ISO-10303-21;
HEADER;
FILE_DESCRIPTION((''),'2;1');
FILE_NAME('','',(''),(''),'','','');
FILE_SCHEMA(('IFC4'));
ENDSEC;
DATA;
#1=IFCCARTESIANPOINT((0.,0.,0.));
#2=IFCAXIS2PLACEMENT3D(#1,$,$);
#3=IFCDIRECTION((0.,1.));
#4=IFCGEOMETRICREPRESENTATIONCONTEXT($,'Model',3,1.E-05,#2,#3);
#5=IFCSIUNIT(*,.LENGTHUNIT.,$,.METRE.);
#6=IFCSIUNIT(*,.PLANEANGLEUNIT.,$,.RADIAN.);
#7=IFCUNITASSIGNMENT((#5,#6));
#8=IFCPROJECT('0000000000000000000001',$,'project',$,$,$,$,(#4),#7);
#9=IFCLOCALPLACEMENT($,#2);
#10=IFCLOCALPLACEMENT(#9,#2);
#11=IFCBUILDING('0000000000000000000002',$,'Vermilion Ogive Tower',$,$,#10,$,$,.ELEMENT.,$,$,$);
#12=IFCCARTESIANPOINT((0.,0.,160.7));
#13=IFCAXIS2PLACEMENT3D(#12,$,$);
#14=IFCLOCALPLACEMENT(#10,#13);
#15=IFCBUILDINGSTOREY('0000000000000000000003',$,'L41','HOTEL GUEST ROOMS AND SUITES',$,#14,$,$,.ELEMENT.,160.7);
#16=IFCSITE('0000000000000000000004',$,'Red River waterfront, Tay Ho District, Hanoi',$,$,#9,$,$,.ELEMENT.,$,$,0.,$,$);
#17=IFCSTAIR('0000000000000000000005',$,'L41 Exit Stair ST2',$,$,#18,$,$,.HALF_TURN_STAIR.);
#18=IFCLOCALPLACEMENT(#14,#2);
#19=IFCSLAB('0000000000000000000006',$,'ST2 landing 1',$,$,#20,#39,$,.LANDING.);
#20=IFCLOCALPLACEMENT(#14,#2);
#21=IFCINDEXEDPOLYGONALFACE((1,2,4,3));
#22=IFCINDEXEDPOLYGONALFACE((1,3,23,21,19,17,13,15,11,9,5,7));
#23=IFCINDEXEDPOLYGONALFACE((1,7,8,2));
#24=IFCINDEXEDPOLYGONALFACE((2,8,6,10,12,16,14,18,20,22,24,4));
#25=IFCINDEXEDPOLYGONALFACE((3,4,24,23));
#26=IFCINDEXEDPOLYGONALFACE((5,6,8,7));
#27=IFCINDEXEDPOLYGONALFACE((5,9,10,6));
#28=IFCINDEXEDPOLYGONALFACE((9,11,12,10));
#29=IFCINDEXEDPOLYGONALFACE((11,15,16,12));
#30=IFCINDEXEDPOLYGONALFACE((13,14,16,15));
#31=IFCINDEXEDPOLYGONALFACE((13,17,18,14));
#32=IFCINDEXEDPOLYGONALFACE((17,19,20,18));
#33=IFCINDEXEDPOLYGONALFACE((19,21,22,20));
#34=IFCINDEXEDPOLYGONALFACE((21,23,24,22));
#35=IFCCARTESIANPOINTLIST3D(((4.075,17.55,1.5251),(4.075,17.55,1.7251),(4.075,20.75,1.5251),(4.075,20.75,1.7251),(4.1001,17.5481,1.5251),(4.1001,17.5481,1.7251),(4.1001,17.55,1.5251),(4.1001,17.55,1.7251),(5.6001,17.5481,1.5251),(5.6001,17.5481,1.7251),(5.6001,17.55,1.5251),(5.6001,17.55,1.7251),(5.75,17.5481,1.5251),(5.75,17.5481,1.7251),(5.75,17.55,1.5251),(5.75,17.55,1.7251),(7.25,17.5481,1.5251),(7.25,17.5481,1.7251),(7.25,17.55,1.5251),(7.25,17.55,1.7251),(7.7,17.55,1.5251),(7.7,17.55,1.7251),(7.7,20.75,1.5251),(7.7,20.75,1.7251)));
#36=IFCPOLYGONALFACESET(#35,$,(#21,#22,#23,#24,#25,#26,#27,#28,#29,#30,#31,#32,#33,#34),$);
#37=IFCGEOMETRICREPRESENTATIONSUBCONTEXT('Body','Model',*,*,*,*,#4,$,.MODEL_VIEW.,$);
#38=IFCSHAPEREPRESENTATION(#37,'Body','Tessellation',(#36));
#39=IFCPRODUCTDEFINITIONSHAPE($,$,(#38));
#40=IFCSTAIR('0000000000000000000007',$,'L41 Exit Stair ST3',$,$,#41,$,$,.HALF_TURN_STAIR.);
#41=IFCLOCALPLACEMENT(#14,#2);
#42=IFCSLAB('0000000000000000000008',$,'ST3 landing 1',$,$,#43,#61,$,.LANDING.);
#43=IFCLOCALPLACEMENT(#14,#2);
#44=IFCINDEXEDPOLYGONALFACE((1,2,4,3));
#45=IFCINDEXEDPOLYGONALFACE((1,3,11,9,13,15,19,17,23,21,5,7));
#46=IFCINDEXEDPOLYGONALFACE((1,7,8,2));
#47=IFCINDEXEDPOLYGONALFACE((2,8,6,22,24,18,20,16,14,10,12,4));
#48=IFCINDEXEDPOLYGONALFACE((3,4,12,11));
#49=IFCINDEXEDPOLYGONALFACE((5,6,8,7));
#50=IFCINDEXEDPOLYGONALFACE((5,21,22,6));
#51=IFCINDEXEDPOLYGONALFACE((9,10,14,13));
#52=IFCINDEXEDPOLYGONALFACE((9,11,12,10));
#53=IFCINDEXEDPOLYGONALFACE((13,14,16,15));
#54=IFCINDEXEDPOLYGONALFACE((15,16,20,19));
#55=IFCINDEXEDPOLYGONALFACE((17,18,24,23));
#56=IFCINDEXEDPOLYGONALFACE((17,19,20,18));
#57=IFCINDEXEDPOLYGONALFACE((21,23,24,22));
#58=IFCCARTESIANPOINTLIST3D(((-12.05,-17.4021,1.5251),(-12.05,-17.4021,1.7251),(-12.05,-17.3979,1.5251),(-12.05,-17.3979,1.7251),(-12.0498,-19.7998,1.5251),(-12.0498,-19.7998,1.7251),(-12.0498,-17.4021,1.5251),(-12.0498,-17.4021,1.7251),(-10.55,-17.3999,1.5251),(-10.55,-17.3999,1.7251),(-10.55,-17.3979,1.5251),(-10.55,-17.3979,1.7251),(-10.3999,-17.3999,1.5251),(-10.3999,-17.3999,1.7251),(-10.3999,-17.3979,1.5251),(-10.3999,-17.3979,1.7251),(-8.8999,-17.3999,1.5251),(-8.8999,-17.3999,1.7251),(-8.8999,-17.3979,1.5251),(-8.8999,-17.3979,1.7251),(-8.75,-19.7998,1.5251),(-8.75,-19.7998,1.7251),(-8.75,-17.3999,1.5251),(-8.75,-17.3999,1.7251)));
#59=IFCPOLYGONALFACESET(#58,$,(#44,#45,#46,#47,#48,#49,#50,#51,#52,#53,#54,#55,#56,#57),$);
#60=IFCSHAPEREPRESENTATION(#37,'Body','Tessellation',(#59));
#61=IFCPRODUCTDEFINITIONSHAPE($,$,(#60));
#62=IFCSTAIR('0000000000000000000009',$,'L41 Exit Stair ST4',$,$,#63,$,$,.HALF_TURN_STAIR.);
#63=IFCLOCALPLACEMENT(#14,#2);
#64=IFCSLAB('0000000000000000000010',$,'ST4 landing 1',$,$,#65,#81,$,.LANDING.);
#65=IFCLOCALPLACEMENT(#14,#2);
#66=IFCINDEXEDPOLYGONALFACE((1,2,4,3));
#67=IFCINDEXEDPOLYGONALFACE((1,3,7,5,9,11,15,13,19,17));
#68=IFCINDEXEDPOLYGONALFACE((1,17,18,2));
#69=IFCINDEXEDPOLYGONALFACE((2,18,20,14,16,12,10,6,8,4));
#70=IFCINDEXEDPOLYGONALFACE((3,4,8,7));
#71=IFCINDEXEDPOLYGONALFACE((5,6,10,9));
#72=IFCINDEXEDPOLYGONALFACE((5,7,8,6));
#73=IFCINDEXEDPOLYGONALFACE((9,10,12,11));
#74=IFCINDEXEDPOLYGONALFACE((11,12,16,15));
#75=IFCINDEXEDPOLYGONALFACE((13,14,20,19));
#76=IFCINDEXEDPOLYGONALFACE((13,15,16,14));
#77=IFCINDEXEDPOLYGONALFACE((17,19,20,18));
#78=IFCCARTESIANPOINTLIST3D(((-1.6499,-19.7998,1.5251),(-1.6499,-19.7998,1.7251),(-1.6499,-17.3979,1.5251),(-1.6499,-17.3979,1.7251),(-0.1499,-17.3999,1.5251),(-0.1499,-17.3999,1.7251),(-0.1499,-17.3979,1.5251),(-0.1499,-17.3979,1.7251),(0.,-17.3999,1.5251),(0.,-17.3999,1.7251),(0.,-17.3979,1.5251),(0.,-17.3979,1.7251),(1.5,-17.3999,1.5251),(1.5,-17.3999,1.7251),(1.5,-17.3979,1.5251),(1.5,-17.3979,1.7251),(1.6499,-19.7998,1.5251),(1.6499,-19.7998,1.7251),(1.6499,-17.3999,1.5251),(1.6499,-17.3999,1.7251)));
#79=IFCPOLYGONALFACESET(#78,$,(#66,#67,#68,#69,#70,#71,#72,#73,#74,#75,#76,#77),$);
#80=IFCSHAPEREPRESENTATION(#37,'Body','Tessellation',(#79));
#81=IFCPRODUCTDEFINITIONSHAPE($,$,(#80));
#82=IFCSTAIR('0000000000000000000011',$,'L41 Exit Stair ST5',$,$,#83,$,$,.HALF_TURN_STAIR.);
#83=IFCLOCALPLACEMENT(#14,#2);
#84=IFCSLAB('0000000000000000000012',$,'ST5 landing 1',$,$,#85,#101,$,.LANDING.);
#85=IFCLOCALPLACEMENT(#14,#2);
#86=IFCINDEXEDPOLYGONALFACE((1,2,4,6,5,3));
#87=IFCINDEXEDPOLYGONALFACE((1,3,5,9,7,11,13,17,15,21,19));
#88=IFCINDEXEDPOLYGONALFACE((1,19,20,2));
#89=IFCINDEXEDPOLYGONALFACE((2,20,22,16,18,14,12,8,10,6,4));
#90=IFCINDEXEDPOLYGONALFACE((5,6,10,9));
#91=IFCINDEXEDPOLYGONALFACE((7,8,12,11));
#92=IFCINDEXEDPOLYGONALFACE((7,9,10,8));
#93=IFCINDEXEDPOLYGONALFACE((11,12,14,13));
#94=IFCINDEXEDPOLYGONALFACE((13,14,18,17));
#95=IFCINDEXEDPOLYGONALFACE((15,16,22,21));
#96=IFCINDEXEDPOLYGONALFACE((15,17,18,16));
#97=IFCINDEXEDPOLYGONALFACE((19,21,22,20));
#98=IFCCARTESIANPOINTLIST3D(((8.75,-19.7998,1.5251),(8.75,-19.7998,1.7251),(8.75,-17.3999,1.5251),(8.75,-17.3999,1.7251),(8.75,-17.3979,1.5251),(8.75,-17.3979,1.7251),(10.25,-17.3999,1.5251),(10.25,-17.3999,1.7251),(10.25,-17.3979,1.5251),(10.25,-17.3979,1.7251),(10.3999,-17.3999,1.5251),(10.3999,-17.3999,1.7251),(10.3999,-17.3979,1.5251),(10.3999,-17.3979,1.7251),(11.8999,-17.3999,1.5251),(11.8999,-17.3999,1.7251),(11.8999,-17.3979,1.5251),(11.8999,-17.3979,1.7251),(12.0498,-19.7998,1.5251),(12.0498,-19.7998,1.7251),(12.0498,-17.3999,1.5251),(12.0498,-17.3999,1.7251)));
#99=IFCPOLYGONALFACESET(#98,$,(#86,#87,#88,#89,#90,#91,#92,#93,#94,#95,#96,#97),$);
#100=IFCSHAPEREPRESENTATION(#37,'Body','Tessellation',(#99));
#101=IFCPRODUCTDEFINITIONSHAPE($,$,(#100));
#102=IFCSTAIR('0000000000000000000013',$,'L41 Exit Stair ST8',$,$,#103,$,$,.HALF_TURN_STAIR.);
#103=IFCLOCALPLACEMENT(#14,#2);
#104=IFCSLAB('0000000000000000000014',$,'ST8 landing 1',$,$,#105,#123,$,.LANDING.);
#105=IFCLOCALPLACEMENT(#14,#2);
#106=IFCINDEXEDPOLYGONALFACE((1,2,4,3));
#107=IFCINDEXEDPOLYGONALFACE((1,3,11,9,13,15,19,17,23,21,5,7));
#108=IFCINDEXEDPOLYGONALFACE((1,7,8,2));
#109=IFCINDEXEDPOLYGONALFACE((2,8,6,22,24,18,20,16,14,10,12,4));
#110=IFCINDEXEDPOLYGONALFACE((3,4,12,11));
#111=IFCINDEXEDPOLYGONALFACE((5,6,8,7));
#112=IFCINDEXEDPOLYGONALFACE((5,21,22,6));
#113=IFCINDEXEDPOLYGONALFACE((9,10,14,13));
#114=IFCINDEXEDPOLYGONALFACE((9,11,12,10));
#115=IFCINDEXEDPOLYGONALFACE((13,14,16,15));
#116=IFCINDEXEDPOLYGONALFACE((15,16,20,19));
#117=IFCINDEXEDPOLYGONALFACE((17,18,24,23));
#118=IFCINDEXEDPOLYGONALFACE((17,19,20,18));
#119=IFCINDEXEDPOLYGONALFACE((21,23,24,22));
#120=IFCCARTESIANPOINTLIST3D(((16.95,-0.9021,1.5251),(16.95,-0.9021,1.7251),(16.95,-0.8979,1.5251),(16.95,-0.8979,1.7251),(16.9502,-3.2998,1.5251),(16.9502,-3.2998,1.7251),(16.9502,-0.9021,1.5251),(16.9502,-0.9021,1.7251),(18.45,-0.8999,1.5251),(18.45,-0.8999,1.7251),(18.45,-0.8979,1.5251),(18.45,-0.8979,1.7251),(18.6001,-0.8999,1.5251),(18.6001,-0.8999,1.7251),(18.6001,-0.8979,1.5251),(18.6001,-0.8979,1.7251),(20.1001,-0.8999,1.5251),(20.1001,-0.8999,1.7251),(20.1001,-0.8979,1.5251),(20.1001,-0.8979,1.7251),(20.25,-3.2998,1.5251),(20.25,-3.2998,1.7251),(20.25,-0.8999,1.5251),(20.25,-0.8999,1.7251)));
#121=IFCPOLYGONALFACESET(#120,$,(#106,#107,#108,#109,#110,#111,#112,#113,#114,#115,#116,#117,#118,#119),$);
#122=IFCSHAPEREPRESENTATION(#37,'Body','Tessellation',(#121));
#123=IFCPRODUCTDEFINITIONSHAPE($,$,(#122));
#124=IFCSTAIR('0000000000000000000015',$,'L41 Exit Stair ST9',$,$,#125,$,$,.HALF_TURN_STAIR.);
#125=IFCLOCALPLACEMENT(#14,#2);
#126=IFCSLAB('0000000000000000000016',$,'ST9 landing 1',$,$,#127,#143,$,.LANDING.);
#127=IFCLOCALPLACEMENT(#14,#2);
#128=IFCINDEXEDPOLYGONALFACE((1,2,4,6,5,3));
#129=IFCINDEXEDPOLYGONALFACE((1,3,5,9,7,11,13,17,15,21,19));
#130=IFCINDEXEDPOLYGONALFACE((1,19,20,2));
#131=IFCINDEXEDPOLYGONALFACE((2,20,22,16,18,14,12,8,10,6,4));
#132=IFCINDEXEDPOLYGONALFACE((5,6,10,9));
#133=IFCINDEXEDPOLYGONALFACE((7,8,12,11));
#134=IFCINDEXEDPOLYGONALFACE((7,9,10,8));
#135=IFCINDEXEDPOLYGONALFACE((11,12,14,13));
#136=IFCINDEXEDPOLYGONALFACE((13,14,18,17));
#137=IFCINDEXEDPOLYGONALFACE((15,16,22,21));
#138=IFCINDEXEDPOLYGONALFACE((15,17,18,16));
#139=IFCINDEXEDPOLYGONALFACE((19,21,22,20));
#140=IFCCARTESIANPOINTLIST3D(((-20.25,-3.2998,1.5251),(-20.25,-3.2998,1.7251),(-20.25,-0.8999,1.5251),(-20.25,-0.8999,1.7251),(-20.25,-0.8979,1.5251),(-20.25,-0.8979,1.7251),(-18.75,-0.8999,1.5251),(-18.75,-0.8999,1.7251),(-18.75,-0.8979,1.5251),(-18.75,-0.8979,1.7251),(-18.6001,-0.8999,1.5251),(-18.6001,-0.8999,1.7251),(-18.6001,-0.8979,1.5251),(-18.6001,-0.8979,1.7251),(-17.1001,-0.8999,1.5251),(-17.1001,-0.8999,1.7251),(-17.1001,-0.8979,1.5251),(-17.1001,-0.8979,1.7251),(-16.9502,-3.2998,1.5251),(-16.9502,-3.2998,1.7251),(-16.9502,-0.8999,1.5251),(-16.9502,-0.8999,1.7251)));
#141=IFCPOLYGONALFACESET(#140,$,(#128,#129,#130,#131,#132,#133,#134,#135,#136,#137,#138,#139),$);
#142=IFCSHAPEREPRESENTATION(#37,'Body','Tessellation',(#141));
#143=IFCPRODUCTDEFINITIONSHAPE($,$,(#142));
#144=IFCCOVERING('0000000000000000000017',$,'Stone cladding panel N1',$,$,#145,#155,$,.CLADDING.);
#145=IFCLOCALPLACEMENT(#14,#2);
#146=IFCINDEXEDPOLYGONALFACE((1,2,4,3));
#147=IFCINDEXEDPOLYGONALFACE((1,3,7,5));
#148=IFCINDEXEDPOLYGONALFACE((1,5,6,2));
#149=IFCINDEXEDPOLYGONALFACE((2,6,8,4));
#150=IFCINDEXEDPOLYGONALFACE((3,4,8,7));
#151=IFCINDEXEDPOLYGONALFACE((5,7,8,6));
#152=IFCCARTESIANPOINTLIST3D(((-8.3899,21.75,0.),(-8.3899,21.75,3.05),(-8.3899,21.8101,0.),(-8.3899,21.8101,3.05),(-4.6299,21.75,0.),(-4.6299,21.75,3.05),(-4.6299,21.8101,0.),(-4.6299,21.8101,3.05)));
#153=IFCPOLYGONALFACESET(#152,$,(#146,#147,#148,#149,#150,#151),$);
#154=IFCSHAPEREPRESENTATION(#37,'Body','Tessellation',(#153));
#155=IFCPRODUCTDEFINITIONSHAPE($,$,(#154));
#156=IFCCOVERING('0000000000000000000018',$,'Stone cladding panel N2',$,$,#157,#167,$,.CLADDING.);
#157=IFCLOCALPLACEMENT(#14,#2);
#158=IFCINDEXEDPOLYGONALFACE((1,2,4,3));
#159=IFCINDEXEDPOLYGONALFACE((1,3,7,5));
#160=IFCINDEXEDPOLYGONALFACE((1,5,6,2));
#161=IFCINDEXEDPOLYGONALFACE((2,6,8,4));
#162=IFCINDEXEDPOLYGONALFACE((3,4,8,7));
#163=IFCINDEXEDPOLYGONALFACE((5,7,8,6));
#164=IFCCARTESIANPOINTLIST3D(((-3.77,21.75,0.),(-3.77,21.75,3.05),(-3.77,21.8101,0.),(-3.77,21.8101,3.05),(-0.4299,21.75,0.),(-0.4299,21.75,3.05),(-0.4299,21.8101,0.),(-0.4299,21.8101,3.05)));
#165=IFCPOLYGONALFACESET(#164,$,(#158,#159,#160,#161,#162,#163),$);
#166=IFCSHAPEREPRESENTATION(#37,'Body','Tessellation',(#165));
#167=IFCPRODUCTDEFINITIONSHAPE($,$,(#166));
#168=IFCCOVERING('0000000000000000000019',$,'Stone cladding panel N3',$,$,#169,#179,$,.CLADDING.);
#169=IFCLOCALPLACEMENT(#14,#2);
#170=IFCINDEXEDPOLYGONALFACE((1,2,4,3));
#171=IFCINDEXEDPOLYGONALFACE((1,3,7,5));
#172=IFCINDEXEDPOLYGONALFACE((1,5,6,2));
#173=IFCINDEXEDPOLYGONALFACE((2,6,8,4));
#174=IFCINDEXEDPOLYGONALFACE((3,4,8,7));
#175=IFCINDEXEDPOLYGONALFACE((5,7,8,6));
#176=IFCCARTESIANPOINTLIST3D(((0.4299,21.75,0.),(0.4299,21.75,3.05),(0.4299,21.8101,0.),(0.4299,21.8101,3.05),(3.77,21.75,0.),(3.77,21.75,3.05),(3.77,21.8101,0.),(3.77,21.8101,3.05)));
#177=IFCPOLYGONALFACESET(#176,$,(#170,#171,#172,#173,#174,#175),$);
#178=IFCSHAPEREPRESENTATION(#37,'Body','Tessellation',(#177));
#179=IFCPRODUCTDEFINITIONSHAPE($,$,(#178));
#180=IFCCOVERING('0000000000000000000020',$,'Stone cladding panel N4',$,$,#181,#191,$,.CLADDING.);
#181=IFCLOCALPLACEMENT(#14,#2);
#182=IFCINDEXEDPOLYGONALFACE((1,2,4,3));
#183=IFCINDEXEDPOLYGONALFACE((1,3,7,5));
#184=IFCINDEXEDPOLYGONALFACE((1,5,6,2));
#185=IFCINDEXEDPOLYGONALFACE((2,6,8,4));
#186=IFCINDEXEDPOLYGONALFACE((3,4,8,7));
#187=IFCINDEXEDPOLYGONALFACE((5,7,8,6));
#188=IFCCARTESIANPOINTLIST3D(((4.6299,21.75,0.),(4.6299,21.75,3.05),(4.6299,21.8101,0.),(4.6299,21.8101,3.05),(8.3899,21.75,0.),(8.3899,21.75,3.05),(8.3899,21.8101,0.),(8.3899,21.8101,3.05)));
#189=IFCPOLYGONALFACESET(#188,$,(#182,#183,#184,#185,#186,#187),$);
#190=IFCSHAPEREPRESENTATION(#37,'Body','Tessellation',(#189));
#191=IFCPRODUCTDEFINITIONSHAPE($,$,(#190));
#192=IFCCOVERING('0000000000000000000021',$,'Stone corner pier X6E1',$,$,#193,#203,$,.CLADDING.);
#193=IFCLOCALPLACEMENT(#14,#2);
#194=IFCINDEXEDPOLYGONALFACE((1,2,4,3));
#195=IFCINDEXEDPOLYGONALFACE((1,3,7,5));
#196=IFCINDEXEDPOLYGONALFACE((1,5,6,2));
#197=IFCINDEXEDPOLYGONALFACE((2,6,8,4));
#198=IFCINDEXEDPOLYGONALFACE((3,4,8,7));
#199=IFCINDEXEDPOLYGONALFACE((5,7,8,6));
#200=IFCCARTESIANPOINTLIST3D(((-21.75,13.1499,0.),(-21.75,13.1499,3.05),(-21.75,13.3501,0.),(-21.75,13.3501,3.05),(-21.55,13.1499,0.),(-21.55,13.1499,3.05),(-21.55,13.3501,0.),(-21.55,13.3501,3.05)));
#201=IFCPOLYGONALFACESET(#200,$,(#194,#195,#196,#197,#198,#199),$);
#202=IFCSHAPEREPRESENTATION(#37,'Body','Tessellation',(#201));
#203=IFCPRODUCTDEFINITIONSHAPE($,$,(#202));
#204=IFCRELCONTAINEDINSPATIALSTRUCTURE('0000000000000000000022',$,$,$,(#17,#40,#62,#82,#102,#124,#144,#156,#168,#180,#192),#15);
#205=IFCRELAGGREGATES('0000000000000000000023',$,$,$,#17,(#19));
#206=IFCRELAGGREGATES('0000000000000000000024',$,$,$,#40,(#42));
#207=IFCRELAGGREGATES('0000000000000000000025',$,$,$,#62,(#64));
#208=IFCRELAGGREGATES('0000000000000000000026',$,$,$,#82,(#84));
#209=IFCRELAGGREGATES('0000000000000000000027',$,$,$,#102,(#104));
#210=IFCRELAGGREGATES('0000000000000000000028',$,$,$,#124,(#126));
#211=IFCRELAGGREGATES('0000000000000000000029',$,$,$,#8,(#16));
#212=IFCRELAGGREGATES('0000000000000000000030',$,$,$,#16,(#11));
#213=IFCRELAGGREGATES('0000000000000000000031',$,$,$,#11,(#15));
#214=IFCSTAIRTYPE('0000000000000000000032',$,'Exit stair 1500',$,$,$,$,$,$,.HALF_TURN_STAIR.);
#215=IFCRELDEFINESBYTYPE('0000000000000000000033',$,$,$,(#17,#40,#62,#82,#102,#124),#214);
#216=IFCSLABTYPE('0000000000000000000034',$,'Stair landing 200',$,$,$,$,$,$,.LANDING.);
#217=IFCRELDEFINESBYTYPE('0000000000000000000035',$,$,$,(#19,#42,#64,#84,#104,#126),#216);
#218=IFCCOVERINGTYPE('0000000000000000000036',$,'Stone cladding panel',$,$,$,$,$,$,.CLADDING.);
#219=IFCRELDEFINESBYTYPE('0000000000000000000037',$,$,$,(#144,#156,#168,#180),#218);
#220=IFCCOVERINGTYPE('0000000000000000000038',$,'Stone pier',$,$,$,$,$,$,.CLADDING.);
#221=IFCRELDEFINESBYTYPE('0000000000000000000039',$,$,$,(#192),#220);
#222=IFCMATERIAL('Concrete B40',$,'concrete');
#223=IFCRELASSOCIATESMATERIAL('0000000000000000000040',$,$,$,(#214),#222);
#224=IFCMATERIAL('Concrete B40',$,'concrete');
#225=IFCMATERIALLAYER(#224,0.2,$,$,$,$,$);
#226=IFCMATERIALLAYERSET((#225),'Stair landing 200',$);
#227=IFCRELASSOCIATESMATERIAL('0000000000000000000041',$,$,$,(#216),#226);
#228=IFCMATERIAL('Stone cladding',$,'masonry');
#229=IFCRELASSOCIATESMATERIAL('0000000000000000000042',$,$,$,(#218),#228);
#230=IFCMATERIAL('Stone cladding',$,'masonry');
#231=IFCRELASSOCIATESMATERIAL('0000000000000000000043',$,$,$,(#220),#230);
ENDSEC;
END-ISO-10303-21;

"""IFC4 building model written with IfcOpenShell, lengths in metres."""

from ifc_helpers import new_model, si_unit, direction, frame, origin, place, context, subcontext, project, spatial, polyline, outline, extrude, material, layer, layer_set, type_object, element, aggregate, save


model = new_model("IFC4")

# Units and contexts
model_context = context("Model", 3, precision=1e-05, world=origin(), true_north=direction((0.0, 1.0)))
body_context = subcontext(model_context, "Body", "Model", "MODEL_VIEW")
ifc_project = project(units=[si_unit("LENGTHUNIT", "METRE"), si_unit("PLANEANGLEUNIT", "RADIAN")], contexts=[model_context])

# Site, building, storey
site_placement = place(None, origin())
site = spatial("IfcSite", under=ifc_project, at=site_placement, Name="Red River waterfront, Tay Ho District, Hanoi", CompositionType="ELEMENT", RefElevation=0.0)
building_placement = place(site_placement, origin())
building = spatial("IfcBuilding", under=site, at=building_placement, Name="Vermilion Ogive Tower", CompositionType="ELEMENT")
storey_placement = place(building_placement, frame((0.0, 0.0, 160.7)))
storey = spatial("IfcBuildingStorey", under=building, at=storey_placement, Name="L41", Description="HOTEL GUEST ROOMS AND SUITES", CompositionType="ELEMENT", Elevation=160.7)

# Stairs, slabs
ifc_material_1 = material(Name="Concrete B40", Category="concrete")
stair_type = type_object("IfcStairType", Name="Exit stair 1500", PredefinedType="HALF_TURN_STAIR", material=ifc_material_1)
ifc_material_2 = material(Name="Concrete B40", Category="concrete")
ifc_layer_1 = layer(ifc_material_2, 0.2)
ifc_layer_set_1 = layer_set([ifc_layer_1], Name="Stair landing 200")
slab_type_1 = type_object("IfcSlabType", Name="Stair landing 200", PredefinedType="LANDING", material=ifc_layer_set_1)
stair_1_placement = place(storey_placement, origin())
stair_1 = element("IfcStair", 1, at=stair_1_placement, inside=storey, type_object=stair_type, Name="L41 Exit Stair ST2", PredefinedType="HALF_TURN_STAIR")
slab_1_placement = place(storey_placement, frame((0.0, 0.0, 1.5251)))
slab_1 = element("IfcSlab", 2, at=slab_1_placement, type_object=slab_type_1, Name="ST2 landing 1", PredefinedType="LANDING", context=body_context, shape_type="SweptSolid", body=[
    extrude(outline(polyline([(5.6001, 17.55), (5.75, 17.55), (5.75, 17.5481), (7.25, 17.5481), (7.25, 17.55), (7.7, 17.55), (7.7, 20.75), (4.075, 20.75), (4.075, 17.55), (4.1001, 17.55), (4.1001, 17.5481), (5.6001, 17.5481), (5.6001, 17.55)])), origin(), (0.0, 0.0, 1.0), 0.2),
])
aggregate(stair_1, [slab_1])
stair_2_placement = place(storey_placement, origin())
stair_2 = element("IfcStair", 3, at=stair_2_placement, inside=storey, type_object=stair_type, Name="L41 Exit Stair ST3", PredefinedType="HALF_TURN_STAIR")
slab_2_placement = place(storey_placement, frame((0.0, 0.0, 1.5251)))
slab_2 = element("IfcSlab", 4, at=slab_2_placement, type_object=slab_type_1, Name="ST3 landing 1", PredefinedType="LANDING", context=body_context, shape_type="SweptSolid", body=[
    extrude(outline(polyline([(-8.75, -17.3999), (-8.8999, -17.3999), (-8.8999, -17.3979), (-10.3999, -17.3979), (-10.3999, -17.3999), (-10.55, -17.3999), (-10.55, -17.3979), (-12.05, -17.3979), (-12.05, -17.4021), (-12.0498, -17.4021), (-12.0498, -19.7998), (-8.75, -19.7998), (-8.75, -17.3999)])), origin(), (0.0, 0.0, 1.0), 0.2),
])
aggregate(stair_2, [slab_2])
stair_3_placement = place(storey_placement, origin())
stair_3 = element("IfcStair", 5, at=stair_3_placement, inside=storey, type_object=stair_type, Name="L41 Exit Stair ST4", PredefinedType="HALF_TURN_STAIR")
slab_3_placement = place(storey_placement, frame((0.0, 0.0, 1.5251)))
slab_3 = element("IfcSlab", 6, at=slab_3_placement, type_object=slab_type_1, Name="ST4 landing 1", PredefinedType="LANDING", context=body_context, shape_type="SweptSolid", body=[
    extrude(outline(polyline([(1.6499, -17.3999), (1.5, -17.3999), (1.5, -17.3979), (0.0, -17.3979), (0.0, -17.3999), (-0.1499, -17.3999), (-0.1499, -17.3979), (-1.6499, -17.3979), (-1.6499, -19.7998), (1.6499, -19.7998), (1.6499, -17.3999)])), origin(), (0.0, 0.0, 1.0), 0.2),
])
aggregate(stair_3, [slab_3])
stair_4_placement = place(storey_placement, origin())
stair_4 = element("IfcStair", 7, at=stair_4_placement, inside=storey, type_object=stair_type, Name="L41 Exit Stair ST5", PredefinedType="HALF_TURN_STAIR")
slab_4_placement = place(storey_placement, frame((0.0, 0.0, 1.5251)))
slab_4 = element("IfcSlab", 8, at=slab_4_placement, type_object=slab_type_1, Name="ST5 landing 1", PredefinedType="LANDING", context=body_context, shape_type="SweptSolid", body=[
    extrude(outline(polyline([(12.0498, -17.3999), (11.8999, -17.3999), (11.8999, -17.3979), (10.3999, -17.3979), (10.3999, -17.3999), (10.25, -17.3999), (10.25, -17.3979), (8.75, -17.3979), (8.75, -17.3999), (8.75, -17.3999), (8.75, -19.7998), (12.0498, -19.7998), (12.0498, -17.3999)])), origin(), (0.0, 0.0, 1.0), 0.2),
])
aggregate(stair_4, [slab_4])
stair_5_placement = place(storey_placement, origin())
stair_5 = element("IfcStair", 9, at=stair_5_placement, inside=storey, type_object=stair_type, Name="L41 Exit Stair ST8", PredefinedType="HALF_TURN_STAIR")
slab_5_placement = place(storey_placement, frame((0.0, 0.0, 1.5251)))
slab_5 = element("IfcSlab", 10, at=slab_5_placement, type_object=slab_type_1, Name="ST8 landing 1", PredefinedType="LANDING", context=body_context, shape_type="SweptSolid", body=[
    extrude(outline(polyline([(20.25, -0.8999), (20.1001, -0.8999), (20.1001, -0.8979), (18.6001, -0.8979), (18.6001, -0.8999), (18.45, -0.8999), (18.45, -0.8979), (16.95, -0.8979), (16.95, -0.9021), (16.9502, -0.9021), (16.9502, -3.2998), (20.25, -3.2998), (20.25, -0.8999)])), origin(), (0.0, 0.0, 1.0), 0.2),
])
aggregate(stair_5, [slab_5])
stair_6_placement = place(storey_placement, origin())
stair_6 = element("IfcStair", 11, at=stair_6_placement, inside=storey, type_object=stair_type, Name="L41 Exit Stair ST9", PredefinedType="HALF_TURN_STAIR")
slab_6_placement = place(storey_placement, frame((0.0, 0.0, 1.5251)))
slab_6 = element("IfcSlab", 12, at=slab_6_placement, type_object=slab_type_1, Name="ST9 landing 1", PredefinedType="LANDING", context=body_context, shape_type="SweptSolid", body=[
    extrude(outline(polyline([(-16.9502, -0.8999), (-17.1001, -0.8999), (-17.1001, -0.8979), (-18.6001, -0.8979), (-18.6001, -0.8999), (-18.75, -0.8999), (-18.75, -0.8979), (-20.25, -0.8979), (-20.25, -0.8999), (-20.25, -0.8999), (-20.25, -3.2998), (-16.9502, -3.2998), (-16.9502, -0.8999)])), origin(), (0.0, 0.0, 1.0), 0.2),
])
aggregate(stair_6, [slab_6])

# Coverings
ifc_material_3 = material(Name="Stone cladding", Category="masonry")
covering_type_1 = type_object("IfcCoveringType", Name="Stone cladding panel", PredefinedType="CLADDING", material=ifc_material_3)
covering_1_placement = place(storey_placement, origin())
element("IfcCovering", 13, at=covering_1_placement, inside=storey, type_object=covering_type_1, Name="Stone cladding panel N1", PredefinedType="CLADDING", context=body_context, shape_type="SweptSolid", body=[
    extrude(outline(polyline([(-8.3899, 21.75), (-4.6299, 21.75), (-4.6299, 21.8101), (-8.3899, 21.8101), (-8.3899, 21.75)])), origin(), (0.0, 0.0, 1.0), 3.05),
])
covering_2_placement = place(storey_placement, origin())
element("IfcCovering", 14, at=covering_2_placement, inside=storey, type_object=covering_type_1, Name="Stone cladding panel N2", PredefinedType="CLADDING", context=body_context, shape_type="SweptSolid", body=[
    extrude(outline(polyline([(-3.77, 21.75), (-0.4299, 21.75), (-0.4299, 21.8101), (-3.77, 21.8101), (-3.77, 21.75)])), origin(), (0.0, 0.0, 1.0), 3.05),
])
covering_3_placement = place(storey_placement, origin())
element("IfcCovering", 15, at=covering_3_placement, inside=storey, type_object=covering_type_1, Name="Stone cladding panel N3", PredefinedType="CLADDING", context=body_context, shape_type="SweptSolid", body=[
    extrude(outline(polyline([(0.4299, 21.75), (3.77, 21.75), (3.77, 21.8101), (0.4299, 21.8101), (0.4299, 21.75)])), origin(), (0.0, 0.0, 1.0), 3.05),
])
covering_4_placement = place(storey_placement, origin())
element("IfcCovering", 16, at=covering_4_placement, inside=storey, type_object=covering_type_1, Name="Stone cladding panel N4", PredefinedType="CLADDING", context=body_context, shape_type="SweptSolid", body=[
    extrude(outline(polyline([(4.6299, 21.75), (8.3899, 21.75), (8.3899, 21.8101), (4.6299, 21.8101), (4.6299, 21.75)])), origin(), (0.0, 0.0, 1.0), 3.05),
])
ifc_material_4 = material(Name="Stone cladding", Category="masonry")
covering_type_2 = type_object("IfcCoveringType", Name="Stone pier", PredefinedType="CLADDING", material=ifc_material_4)
covering_5_placement = place(storey_placement, origin())
element("IfcCovering", 17, at=covering_5_placement, inside=storey, type_object=covering_type_2, Name="Stone corner pier X6E1", PredefinedType="CLADDING", context=body_context, shape_type="SweptSolid", body=[
    extrude(outline(polyline([(-21.55, 13.3501), (-21.55, 13.1499), (-21.75, 13.1499), (-21.75, 13.3501), (-21.55, 13.3501)])), origin(), (0.0, 0.0, 1.0), 3.05),
])

save(model, "model.ifc")
